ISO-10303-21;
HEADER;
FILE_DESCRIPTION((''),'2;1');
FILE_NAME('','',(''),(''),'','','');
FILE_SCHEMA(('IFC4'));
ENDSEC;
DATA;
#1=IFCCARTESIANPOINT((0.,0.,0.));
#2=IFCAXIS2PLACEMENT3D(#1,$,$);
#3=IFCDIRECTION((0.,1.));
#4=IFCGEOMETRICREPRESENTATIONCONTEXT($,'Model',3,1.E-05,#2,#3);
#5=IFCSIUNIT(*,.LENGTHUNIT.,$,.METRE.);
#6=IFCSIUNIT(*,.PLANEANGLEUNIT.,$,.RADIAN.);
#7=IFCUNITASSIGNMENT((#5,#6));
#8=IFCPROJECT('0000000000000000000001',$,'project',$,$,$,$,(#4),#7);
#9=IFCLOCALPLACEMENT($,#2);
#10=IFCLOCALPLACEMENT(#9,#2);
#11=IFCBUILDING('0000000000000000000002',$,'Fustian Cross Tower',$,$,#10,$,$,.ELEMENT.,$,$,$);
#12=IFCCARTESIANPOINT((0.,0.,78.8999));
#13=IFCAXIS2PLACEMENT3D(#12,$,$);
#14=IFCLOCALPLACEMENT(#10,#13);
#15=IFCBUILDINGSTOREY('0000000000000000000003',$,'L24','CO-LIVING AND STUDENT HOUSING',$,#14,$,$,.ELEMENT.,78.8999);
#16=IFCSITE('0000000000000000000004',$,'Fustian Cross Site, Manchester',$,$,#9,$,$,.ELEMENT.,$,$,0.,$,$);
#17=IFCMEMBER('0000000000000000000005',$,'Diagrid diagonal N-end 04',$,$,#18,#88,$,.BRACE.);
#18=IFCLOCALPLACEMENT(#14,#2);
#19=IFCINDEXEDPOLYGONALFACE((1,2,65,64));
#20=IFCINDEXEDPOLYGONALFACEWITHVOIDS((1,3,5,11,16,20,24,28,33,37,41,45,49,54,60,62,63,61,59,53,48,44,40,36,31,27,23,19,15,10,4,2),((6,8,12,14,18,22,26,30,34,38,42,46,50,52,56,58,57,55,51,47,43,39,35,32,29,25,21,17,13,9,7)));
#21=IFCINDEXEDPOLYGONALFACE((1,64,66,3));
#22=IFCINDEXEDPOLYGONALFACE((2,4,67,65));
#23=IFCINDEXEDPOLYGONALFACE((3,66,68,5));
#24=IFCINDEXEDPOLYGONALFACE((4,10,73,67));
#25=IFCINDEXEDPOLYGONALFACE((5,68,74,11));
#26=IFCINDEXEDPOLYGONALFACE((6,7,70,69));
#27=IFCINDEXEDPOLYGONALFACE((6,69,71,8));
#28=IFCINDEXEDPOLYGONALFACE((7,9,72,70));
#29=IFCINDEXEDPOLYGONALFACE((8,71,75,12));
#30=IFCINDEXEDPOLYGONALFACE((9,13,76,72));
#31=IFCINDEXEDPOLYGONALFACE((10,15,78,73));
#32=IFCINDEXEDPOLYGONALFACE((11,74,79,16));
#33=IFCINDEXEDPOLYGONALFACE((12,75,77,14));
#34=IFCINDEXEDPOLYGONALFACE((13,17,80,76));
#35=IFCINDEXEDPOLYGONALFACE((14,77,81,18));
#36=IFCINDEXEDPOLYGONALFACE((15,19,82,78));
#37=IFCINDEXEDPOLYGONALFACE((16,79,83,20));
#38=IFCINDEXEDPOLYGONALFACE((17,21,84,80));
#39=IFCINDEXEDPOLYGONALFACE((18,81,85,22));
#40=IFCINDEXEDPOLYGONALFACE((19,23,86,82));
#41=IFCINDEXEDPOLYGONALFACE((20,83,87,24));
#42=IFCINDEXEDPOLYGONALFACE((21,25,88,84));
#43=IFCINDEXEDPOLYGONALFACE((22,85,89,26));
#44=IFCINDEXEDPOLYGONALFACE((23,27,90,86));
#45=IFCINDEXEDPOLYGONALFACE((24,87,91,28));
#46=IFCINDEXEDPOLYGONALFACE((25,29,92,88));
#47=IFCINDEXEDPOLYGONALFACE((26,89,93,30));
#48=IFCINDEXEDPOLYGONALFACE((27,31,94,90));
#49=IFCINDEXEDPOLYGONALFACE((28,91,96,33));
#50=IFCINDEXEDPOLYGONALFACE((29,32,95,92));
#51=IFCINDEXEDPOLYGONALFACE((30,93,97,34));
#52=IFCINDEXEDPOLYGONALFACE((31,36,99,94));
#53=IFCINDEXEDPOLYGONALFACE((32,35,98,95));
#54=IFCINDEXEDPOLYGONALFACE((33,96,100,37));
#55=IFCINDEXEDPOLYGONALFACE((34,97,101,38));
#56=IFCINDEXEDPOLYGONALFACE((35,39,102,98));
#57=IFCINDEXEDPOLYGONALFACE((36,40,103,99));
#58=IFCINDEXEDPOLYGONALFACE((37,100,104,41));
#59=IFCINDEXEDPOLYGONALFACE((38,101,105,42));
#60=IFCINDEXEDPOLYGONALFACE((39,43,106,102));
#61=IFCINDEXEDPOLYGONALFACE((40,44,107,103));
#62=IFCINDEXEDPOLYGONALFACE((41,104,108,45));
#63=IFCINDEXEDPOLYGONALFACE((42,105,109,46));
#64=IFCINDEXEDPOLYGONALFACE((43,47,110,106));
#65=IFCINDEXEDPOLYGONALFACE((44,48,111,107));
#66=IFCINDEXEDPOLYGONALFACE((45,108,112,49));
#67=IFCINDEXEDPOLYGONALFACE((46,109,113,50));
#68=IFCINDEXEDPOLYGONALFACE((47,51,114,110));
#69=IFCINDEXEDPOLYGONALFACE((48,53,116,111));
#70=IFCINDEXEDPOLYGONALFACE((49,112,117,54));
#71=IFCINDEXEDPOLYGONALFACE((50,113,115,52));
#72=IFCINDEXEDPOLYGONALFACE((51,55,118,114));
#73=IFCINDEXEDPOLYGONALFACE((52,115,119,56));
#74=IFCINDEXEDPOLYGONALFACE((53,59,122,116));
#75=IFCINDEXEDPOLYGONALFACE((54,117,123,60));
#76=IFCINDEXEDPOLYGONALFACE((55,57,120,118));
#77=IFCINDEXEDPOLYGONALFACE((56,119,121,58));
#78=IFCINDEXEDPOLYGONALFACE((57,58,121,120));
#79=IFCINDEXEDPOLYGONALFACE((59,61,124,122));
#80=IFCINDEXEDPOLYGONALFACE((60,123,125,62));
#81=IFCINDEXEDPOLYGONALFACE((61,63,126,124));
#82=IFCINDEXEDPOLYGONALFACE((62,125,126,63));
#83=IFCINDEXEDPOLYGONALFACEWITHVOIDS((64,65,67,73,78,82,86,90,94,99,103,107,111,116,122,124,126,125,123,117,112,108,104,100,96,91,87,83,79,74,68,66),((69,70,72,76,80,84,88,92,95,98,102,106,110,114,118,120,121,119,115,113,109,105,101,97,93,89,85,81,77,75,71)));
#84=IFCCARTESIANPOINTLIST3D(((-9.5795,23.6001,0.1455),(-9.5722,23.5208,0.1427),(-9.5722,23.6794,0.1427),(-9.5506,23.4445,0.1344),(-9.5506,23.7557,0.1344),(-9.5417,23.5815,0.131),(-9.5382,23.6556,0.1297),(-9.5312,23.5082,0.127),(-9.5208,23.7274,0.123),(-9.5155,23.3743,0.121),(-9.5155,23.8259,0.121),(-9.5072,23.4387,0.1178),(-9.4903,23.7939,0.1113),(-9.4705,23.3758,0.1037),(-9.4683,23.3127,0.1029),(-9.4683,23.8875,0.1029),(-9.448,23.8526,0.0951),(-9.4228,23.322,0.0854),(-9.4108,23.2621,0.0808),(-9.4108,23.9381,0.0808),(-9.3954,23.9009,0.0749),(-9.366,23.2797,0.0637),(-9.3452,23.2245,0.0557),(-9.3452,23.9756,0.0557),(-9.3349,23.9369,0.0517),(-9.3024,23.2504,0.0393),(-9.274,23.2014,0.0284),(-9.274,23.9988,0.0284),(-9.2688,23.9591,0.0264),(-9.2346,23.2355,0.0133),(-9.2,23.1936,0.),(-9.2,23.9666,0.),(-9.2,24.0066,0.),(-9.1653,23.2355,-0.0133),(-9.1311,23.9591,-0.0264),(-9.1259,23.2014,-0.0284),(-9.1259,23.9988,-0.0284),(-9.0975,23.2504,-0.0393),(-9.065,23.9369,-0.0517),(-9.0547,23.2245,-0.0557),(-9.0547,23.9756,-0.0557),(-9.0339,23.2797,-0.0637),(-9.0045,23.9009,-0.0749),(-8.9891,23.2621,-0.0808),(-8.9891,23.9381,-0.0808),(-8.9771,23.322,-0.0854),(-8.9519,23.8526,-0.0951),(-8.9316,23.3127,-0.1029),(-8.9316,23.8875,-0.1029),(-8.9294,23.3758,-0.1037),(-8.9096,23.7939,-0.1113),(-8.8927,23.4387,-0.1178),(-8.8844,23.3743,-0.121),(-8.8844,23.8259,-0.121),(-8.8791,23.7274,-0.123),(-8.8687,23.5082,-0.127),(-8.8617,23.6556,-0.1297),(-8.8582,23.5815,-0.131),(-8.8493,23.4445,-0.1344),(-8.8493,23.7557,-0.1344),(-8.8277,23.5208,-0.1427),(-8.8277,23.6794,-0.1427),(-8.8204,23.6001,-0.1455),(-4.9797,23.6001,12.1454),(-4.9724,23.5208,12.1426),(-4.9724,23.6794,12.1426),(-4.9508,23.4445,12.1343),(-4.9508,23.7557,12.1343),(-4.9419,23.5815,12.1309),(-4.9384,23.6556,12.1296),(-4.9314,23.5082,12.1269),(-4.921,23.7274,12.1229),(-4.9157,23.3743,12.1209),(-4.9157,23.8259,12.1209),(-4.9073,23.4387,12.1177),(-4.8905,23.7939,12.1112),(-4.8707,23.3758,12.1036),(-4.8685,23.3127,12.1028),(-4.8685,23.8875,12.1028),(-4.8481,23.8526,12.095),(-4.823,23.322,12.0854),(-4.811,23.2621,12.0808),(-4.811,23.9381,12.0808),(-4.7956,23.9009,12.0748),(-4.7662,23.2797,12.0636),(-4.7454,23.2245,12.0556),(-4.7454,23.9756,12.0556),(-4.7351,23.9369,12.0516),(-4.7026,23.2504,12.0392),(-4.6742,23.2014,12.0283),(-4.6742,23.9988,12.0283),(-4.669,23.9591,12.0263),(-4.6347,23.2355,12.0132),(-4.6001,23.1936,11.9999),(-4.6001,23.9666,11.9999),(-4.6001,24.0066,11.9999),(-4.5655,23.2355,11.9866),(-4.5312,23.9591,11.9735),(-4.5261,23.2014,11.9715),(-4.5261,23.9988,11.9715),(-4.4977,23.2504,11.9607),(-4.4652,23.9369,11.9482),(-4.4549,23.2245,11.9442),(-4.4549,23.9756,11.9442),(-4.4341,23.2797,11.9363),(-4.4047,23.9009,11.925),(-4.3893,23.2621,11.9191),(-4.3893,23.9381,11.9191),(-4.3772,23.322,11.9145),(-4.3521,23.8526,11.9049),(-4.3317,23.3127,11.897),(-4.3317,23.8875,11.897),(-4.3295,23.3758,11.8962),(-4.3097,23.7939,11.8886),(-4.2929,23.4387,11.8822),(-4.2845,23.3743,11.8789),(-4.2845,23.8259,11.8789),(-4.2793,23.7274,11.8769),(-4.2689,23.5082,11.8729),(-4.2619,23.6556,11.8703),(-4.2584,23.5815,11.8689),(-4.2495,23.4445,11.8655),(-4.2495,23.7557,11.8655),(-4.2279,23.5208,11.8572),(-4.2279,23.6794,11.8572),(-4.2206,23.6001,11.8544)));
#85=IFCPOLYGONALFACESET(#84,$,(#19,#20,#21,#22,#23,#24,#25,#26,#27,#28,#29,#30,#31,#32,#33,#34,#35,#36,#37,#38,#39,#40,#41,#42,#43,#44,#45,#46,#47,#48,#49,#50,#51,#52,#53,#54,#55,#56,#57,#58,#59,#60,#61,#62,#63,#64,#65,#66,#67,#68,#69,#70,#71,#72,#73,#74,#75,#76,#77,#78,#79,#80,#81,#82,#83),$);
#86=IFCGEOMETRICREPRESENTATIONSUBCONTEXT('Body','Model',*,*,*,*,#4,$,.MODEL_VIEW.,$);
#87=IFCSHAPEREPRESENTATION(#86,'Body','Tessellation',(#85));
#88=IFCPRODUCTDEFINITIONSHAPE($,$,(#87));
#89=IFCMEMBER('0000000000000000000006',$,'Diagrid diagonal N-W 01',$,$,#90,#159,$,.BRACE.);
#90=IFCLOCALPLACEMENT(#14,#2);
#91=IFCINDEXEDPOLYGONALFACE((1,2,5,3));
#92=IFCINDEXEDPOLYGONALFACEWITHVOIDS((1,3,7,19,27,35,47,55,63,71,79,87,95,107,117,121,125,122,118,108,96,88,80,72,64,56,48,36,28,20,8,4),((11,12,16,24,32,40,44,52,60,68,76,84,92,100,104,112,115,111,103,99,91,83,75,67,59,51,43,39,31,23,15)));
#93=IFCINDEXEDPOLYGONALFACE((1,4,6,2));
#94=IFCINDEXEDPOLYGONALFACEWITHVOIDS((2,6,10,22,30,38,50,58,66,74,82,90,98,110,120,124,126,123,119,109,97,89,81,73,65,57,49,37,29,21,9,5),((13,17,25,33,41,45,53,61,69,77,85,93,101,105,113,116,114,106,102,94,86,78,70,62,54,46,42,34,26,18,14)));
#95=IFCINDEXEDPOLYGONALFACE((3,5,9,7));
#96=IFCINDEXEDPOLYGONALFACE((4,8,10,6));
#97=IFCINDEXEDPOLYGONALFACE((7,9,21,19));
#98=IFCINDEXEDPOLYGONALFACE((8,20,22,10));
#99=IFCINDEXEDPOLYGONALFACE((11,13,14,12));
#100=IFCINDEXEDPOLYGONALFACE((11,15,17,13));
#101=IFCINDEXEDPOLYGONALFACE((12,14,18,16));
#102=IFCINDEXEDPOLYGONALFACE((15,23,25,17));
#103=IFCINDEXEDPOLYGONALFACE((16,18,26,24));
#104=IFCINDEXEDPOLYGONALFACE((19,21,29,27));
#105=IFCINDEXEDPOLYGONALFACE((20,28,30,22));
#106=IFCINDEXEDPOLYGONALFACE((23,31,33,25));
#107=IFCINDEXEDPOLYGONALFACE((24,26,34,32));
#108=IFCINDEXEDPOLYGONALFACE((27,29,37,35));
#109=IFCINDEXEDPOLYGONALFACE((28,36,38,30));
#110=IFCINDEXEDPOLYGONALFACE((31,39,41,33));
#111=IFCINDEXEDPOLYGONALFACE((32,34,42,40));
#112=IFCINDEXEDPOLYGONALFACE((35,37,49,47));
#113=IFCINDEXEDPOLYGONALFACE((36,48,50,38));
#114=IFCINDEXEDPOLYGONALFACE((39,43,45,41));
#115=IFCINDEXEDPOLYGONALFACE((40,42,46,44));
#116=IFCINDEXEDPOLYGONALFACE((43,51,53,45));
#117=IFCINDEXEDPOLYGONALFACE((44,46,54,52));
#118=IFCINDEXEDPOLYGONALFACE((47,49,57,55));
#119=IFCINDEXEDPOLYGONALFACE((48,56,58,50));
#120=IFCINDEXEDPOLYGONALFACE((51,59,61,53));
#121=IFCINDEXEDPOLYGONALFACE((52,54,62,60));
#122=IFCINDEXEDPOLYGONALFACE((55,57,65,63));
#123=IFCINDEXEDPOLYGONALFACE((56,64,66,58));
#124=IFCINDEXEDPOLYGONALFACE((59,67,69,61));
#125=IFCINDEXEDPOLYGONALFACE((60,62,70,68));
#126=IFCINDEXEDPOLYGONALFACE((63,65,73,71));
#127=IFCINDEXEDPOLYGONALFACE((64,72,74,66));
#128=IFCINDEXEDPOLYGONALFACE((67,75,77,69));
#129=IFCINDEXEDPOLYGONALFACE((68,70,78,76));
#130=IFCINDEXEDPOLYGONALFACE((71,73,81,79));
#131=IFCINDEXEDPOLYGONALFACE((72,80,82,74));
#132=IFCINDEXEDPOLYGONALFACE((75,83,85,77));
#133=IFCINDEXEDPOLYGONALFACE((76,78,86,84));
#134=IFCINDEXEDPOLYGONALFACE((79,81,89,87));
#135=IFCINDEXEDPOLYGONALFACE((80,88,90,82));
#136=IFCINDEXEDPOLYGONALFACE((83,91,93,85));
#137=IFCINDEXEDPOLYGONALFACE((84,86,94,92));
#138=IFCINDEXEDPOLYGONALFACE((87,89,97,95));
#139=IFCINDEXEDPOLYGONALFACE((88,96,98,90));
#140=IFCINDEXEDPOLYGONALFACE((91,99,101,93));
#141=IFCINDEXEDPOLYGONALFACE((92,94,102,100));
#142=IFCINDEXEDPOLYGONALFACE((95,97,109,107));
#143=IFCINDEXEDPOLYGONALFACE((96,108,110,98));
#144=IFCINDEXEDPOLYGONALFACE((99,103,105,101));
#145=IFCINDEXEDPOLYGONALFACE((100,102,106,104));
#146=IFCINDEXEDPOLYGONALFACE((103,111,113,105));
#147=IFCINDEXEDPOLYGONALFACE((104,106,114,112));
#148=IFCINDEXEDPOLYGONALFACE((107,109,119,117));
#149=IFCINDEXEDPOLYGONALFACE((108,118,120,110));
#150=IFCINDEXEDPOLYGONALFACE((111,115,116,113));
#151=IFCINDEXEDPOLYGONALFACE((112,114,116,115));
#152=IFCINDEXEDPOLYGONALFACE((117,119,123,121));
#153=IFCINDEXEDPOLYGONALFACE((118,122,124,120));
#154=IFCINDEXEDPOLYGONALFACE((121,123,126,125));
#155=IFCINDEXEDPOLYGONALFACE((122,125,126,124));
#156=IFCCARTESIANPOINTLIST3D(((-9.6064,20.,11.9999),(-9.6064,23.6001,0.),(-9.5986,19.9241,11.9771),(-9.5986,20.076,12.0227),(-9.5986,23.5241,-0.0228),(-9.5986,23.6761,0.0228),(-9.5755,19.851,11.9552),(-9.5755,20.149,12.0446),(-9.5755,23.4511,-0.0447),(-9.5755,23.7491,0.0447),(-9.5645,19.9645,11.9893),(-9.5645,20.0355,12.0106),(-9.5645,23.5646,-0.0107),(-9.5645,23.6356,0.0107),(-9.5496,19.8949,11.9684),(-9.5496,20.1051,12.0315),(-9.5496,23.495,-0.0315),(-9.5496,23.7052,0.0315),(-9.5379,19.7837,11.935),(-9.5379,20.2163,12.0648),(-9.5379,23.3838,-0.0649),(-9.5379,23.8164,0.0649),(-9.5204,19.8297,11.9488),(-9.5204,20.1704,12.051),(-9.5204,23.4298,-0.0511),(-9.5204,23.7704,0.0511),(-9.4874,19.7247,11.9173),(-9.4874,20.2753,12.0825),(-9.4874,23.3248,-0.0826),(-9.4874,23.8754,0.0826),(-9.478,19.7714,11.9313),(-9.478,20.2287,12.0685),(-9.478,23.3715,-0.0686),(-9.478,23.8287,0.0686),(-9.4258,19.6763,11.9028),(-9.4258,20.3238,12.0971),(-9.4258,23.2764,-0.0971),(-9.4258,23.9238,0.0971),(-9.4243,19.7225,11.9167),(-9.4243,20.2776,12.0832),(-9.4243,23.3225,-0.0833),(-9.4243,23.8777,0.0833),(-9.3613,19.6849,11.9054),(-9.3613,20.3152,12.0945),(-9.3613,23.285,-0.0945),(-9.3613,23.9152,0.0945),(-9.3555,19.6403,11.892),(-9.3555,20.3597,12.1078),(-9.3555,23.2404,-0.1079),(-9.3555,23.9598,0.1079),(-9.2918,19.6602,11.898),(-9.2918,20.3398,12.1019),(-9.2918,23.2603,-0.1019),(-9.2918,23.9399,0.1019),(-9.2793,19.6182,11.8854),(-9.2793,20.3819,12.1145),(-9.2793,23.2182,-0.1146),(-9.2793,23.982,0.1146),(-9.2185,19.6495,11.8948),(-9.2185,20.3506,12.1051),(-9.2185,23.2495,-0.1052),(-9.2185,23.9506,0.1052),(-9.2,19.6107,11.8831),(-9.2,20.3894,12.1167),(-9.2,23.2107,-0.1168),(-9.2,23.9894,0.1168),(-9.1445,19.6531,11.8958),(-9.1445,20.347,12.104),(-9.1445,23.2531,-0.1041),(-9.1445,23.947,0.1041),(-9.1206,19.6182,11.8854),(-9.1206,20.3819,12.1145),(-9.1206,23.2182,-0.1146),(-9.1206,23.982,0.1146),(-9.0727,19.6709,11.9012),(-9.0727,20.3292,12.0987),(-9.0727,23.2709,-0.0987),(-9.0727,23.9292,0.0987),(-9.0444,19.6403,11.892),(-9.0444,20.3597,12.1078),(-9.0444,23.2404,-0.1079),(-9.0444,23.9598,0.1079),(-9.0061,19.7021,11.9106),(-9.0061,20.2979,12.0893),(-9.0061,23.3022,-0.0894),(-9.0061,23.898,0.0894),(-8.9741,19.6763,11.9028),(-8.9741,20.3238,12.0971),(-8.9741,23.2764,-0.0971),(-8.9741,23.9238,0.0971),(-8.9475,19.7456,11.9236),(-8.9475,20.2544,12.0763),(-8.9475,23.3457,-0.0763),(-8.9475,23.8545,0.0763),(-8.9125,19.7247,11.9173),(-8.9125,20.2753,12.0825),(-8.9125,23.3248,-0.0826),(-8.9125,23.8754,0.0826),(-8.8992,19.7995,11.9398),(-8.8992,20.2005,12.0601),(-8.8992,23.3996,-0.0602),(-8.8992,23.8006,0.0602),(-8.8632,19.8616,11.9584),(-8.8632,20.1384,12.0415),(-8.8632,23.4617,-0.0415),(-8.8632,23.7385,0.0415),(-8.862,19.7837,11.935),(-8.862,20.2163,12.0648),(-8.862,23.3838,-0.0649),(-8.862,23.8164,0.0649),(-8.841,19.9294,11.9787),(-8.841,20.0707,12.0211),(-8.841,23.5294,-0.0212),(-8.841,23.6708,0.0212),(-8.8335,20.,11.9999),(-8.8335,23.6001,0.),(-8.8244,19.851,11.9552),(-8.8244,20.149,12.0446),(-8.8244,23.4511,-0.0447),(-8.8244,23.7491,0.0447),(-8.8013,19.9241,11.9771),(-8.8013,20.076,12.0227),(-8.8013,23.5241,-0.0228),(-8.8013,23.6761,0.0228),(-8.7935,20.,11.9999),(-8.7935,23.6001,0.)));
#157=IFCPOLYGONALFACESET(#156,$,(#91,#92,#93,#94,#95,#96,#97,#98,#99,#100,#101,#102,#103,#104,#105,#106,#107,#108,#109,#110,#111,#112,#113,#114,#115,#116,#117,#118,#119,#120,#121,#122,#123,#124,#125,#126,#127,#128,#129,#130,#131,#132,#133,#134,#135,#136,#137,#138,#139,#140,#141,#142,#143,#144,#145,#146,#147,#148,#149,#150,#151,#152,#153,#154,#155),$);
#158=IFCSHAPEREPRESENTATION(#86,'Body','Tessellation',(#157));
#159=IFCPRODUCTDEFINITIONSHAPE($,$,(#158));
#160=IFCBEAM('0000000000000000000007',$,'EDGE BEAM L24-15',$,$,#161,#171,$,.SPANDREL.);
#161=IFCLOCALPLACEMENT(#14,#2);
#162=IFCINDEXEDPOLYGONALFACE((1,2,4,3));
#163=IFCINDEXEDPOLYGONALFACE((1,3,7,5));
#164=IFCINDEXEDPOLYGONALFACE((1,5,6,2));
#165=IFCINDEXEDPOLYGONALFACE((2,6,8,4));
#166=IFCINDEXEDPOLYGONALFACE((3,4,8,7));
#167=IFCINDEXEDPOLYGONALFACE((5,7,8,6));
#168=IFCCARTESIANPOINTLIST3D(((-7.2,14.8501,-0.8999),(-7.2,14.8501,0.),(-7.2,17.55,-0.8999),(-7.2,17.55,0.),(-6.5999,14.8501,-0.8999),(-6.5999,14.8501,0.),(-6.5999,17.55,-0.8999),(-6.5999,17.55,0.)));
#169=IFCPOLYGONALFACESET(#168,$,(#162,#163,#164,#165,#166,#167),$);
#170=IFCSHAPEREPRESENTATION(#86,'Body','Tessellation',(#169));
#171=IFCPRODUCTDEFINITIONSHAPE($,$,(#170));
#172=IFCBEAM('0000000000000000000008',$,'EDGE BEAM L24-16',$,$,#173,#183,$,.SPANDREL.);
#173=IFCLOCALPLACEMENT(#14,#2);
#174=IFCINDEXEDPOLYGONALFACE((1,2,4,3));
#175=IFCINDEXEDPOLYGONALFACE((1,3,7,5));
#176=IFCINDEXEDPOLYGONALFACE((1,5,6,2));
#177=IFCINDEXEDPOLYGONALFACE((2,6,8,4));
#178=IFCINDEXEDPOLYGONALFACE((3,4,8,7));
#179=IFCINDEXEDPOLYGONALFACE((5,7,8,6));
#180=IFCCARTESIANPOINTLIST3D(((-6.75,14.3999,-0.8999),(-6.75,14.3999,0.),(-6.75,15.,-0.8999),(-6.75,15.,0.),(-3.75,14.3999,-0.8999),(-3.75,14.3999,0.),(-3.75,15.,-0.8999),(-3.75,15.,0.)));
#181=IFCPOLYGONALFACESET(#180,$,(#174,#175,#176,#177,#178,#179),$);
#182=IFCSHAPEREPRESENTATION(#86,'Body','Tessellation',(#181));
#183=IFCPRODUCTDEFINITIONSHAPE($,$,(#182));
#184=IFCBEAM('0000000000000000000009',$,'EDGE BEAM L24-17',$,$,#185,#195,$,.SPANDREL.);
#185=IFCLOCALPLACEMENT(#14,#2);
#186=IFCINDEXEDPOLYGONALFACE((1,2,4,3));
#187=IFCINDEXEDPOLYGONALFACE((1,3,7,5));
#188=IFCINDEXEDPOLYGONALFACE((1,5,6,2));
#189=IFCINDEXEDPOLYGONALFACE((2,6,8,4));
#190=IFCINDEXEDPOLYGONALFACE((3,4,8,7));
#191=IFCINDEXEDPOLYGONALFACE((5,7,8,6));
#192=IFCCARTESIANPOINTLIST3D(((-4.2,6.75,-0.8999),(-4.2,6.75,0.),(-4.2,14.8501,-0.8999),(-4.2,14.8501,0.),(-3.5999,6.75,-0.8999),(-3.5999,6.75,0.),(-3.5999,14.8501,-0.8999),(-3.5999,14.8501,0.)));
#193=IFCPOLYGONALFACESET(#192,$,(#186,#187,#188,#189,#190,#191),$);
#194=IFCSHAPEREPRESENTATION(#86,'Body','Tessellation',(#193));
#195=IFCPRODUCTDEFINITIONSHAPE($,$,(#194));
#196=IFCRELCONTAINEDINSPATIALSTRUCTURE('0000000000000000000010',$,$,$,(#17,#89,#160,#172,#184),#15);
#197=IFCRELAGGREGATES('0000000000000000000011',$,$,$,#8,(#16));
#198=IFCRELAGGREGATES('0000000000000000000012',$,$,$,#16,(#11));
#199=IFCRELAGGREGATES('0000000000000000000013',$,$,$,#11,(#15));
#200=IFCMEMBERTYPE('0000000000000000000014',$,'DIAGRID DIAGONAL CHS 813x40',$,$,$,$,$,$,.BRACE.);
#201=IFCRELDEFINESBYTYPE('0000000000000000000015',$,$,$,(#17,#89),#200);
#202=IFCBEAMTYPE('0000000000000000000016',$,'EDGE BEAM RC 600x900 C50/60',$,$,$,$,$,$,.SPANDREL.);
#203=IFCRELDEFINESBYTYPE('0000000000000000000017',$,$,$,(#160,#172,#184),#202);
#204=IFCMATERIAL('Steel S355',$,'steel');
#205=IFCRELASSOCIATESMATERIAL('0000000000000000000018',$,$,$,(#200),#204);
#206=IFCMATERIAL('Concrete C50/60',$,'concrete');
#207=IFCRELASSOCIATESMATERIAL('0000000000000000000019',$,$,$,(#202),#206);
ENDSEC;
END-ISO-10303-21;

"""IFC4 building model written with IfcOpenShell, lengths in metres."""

from ifc_helpers import new_model, si_unit, direction, frame, origin, origin_2d, place, context, subcontext, project, spatial, rectangle, hollow_circle, extrude, material, material_profile, profile_set, type_object, element, save


model = new_model("IFC4")

# Units and contexts
model_context = context("Model", 3, precision=1e-05, world=origin(), true_north=direction((0.0, 1.0)))
body_context = subcontext(model_context, "Body", "Model", "MODEL_VIEW")
ifc_project = project(units=[si_unit("LENGTHUNIT", "METRE"), si_unit("PLANEANGLEUNIT", "RADIAN")], contexts=[model_context])

# Site, building, storey
site_placement = place(None, origin())
site = spatial("IfcSite", under=ifc_project, at=site_placement, Name="Fustian Cross Site, Manchester", CompositionType="ELEMENT", RefElevation=0.0)
building_placement = place(site_placement, origin())
building = spatial("IfcBuilding", under=site, at=building_placement, Name="Fustian Cross Tower", CompositionType="ELEMENT")
storey_placement = place(building_placement, frame((0.0, 0.0, 78.8999)))
storey = spatial("IfcBuildingStorey", under=building, at=storey_placement, Name="L24", Description="CO-LIVING AND STUDENT HOUSING", CompositionType="ELEMENT", Elevation=78.8999)

# Members
ifc_material_1 = material(Name="Steel S355", Category="steel")
ifc_material_profile_1 = material_profile(ifc_material_1, hollow_circle(Radius=0.4065, WallThickness=0.04, at=origin_2d()), Name="CHS 813x40")
ifc_profile_set_1 = profile_set([ifc_material_profile_1], Name="Steel S355")
member_type_1 = type_object("IfcMemberType", Name="DIAGRID DIAGONAL CHS 813x40", PredefinedType="BRACE", material=ifc_profile_set_1)
member_1_placement = place(storey_placement, frame((-9.2, 23.6001, 0.0), z_axis=(0.357926, 0.0, 0.93375), x_axis=(0.0, 1.0, 0.0)))
element("IfcMember", 1, at=member_1_placement, inside=storey, type_object=member_type_1, Name="Diagrid diagonal N-end 04", PredefinedType="BRACE", context=body_context, shape_type="SweptSolid", body=[
    extrude(hollow_circle(Radius=0.4065, WallThickness=0.04, at=origin_2d()), origin(), (0.0, 0.0, 1.0), 12.8513),
])
member_2_placement = place(storey_placement, frame((-9.2, 23.6001, 0.0), z_axis=(0.0, -0.287355, 0.957824), x_axis=(1.0, 0.0, 0.0)))
element("IfcMember", 2, at=member_2_placement, inside=storey, type_object=member_type_1, Name="Diagrid diagonal N-W 01", PredefinedType="BRACE", context=body_context, shape_type="SweptSolid", body=[
    extrude(hollow_circle(Radius=0.4065, WallThickness=0.04, at=origin_2d()), origin(), (0.0, 0.0, 1.0), 12.5283),
])

# Beams
ifc_material_2 = material(Name="Concrete C50/60", Category="concrete")
ifc_material_profile_2 = material_profile(ifc_material_2, rectangle(XDim=0.6001, YDim=0.8999, at=origin_2d()), Name="RC 600x900")
ifc_profile_set_2 = profile_set([ifc_material_profile_2], Name="Concrete C50/60")
beam_type = type_object("IfcBeamType", Name="EDGE BEAM RC 600x900 C50/60", PredefinedType="SPANDREL", material=ifc_profile_set_2)
beam_1_placement = place(storey_placement, frame((-6.8999, 17.55, -0.45), z_axis=(0.0, -1.0, 0.0), x_axis=(1.0, 0.0, 0.0)))
element("IfcBeam", 3, at=beam_1_placement, inside=storey, type_object=beam_type, Name="EDGE BEAM L24-15", PredefinedType="SPANDREL", context=body_context, shape_type="SweptSolid", body=[
    extrude(rectangle(XDim=0.6001, YDim=0.8999, at=origin_2d()), origin(), (0.0, 0.0, 1.0), 2.7),
])
beam_2_placement = place(storey_placement, frame((-6.75, 14.7, -0.45), z_axis=(1.0, 0.0, 0.0), x_axis=(0.0, 1.0, 0.0)))
element("IfcBeam", 4, at=beam_2_placement, inside=storey, type_object=beam_type, Name="EDGE BEAM L24-16", PredefinedType="SPANDREL", context=body_context, shape_type="SweptSolid", body=[
    extrude(rectangle(XDim=0.6001, YDim=0.8999, at=origin_2d()), origin(), (0.0, 0.0, 1.0), 3.0),
])
beam_3_placement = place(storey_placement, frame((-3.8999, 14.8501, -0.45), z_axis=(0.0, -1.0, 0.0), x_axis=(1.0, 0.0, 0.0)))
element("IfcBeam", 5, at=beam_3_placement, inside=storey, type_object=beam_type, Name="EDGE BEAM L24-17", PredefinedType="SPANDREL", context=body_context, shape_type="SweptSolid", body=[
    extrude(rectangle(XDim=0.6001, YDim=0.8999, at=origin_2d()), origin(), (0.0, 0.0, 1.0), 8.1001),
])

save(model, "model.ifc")
